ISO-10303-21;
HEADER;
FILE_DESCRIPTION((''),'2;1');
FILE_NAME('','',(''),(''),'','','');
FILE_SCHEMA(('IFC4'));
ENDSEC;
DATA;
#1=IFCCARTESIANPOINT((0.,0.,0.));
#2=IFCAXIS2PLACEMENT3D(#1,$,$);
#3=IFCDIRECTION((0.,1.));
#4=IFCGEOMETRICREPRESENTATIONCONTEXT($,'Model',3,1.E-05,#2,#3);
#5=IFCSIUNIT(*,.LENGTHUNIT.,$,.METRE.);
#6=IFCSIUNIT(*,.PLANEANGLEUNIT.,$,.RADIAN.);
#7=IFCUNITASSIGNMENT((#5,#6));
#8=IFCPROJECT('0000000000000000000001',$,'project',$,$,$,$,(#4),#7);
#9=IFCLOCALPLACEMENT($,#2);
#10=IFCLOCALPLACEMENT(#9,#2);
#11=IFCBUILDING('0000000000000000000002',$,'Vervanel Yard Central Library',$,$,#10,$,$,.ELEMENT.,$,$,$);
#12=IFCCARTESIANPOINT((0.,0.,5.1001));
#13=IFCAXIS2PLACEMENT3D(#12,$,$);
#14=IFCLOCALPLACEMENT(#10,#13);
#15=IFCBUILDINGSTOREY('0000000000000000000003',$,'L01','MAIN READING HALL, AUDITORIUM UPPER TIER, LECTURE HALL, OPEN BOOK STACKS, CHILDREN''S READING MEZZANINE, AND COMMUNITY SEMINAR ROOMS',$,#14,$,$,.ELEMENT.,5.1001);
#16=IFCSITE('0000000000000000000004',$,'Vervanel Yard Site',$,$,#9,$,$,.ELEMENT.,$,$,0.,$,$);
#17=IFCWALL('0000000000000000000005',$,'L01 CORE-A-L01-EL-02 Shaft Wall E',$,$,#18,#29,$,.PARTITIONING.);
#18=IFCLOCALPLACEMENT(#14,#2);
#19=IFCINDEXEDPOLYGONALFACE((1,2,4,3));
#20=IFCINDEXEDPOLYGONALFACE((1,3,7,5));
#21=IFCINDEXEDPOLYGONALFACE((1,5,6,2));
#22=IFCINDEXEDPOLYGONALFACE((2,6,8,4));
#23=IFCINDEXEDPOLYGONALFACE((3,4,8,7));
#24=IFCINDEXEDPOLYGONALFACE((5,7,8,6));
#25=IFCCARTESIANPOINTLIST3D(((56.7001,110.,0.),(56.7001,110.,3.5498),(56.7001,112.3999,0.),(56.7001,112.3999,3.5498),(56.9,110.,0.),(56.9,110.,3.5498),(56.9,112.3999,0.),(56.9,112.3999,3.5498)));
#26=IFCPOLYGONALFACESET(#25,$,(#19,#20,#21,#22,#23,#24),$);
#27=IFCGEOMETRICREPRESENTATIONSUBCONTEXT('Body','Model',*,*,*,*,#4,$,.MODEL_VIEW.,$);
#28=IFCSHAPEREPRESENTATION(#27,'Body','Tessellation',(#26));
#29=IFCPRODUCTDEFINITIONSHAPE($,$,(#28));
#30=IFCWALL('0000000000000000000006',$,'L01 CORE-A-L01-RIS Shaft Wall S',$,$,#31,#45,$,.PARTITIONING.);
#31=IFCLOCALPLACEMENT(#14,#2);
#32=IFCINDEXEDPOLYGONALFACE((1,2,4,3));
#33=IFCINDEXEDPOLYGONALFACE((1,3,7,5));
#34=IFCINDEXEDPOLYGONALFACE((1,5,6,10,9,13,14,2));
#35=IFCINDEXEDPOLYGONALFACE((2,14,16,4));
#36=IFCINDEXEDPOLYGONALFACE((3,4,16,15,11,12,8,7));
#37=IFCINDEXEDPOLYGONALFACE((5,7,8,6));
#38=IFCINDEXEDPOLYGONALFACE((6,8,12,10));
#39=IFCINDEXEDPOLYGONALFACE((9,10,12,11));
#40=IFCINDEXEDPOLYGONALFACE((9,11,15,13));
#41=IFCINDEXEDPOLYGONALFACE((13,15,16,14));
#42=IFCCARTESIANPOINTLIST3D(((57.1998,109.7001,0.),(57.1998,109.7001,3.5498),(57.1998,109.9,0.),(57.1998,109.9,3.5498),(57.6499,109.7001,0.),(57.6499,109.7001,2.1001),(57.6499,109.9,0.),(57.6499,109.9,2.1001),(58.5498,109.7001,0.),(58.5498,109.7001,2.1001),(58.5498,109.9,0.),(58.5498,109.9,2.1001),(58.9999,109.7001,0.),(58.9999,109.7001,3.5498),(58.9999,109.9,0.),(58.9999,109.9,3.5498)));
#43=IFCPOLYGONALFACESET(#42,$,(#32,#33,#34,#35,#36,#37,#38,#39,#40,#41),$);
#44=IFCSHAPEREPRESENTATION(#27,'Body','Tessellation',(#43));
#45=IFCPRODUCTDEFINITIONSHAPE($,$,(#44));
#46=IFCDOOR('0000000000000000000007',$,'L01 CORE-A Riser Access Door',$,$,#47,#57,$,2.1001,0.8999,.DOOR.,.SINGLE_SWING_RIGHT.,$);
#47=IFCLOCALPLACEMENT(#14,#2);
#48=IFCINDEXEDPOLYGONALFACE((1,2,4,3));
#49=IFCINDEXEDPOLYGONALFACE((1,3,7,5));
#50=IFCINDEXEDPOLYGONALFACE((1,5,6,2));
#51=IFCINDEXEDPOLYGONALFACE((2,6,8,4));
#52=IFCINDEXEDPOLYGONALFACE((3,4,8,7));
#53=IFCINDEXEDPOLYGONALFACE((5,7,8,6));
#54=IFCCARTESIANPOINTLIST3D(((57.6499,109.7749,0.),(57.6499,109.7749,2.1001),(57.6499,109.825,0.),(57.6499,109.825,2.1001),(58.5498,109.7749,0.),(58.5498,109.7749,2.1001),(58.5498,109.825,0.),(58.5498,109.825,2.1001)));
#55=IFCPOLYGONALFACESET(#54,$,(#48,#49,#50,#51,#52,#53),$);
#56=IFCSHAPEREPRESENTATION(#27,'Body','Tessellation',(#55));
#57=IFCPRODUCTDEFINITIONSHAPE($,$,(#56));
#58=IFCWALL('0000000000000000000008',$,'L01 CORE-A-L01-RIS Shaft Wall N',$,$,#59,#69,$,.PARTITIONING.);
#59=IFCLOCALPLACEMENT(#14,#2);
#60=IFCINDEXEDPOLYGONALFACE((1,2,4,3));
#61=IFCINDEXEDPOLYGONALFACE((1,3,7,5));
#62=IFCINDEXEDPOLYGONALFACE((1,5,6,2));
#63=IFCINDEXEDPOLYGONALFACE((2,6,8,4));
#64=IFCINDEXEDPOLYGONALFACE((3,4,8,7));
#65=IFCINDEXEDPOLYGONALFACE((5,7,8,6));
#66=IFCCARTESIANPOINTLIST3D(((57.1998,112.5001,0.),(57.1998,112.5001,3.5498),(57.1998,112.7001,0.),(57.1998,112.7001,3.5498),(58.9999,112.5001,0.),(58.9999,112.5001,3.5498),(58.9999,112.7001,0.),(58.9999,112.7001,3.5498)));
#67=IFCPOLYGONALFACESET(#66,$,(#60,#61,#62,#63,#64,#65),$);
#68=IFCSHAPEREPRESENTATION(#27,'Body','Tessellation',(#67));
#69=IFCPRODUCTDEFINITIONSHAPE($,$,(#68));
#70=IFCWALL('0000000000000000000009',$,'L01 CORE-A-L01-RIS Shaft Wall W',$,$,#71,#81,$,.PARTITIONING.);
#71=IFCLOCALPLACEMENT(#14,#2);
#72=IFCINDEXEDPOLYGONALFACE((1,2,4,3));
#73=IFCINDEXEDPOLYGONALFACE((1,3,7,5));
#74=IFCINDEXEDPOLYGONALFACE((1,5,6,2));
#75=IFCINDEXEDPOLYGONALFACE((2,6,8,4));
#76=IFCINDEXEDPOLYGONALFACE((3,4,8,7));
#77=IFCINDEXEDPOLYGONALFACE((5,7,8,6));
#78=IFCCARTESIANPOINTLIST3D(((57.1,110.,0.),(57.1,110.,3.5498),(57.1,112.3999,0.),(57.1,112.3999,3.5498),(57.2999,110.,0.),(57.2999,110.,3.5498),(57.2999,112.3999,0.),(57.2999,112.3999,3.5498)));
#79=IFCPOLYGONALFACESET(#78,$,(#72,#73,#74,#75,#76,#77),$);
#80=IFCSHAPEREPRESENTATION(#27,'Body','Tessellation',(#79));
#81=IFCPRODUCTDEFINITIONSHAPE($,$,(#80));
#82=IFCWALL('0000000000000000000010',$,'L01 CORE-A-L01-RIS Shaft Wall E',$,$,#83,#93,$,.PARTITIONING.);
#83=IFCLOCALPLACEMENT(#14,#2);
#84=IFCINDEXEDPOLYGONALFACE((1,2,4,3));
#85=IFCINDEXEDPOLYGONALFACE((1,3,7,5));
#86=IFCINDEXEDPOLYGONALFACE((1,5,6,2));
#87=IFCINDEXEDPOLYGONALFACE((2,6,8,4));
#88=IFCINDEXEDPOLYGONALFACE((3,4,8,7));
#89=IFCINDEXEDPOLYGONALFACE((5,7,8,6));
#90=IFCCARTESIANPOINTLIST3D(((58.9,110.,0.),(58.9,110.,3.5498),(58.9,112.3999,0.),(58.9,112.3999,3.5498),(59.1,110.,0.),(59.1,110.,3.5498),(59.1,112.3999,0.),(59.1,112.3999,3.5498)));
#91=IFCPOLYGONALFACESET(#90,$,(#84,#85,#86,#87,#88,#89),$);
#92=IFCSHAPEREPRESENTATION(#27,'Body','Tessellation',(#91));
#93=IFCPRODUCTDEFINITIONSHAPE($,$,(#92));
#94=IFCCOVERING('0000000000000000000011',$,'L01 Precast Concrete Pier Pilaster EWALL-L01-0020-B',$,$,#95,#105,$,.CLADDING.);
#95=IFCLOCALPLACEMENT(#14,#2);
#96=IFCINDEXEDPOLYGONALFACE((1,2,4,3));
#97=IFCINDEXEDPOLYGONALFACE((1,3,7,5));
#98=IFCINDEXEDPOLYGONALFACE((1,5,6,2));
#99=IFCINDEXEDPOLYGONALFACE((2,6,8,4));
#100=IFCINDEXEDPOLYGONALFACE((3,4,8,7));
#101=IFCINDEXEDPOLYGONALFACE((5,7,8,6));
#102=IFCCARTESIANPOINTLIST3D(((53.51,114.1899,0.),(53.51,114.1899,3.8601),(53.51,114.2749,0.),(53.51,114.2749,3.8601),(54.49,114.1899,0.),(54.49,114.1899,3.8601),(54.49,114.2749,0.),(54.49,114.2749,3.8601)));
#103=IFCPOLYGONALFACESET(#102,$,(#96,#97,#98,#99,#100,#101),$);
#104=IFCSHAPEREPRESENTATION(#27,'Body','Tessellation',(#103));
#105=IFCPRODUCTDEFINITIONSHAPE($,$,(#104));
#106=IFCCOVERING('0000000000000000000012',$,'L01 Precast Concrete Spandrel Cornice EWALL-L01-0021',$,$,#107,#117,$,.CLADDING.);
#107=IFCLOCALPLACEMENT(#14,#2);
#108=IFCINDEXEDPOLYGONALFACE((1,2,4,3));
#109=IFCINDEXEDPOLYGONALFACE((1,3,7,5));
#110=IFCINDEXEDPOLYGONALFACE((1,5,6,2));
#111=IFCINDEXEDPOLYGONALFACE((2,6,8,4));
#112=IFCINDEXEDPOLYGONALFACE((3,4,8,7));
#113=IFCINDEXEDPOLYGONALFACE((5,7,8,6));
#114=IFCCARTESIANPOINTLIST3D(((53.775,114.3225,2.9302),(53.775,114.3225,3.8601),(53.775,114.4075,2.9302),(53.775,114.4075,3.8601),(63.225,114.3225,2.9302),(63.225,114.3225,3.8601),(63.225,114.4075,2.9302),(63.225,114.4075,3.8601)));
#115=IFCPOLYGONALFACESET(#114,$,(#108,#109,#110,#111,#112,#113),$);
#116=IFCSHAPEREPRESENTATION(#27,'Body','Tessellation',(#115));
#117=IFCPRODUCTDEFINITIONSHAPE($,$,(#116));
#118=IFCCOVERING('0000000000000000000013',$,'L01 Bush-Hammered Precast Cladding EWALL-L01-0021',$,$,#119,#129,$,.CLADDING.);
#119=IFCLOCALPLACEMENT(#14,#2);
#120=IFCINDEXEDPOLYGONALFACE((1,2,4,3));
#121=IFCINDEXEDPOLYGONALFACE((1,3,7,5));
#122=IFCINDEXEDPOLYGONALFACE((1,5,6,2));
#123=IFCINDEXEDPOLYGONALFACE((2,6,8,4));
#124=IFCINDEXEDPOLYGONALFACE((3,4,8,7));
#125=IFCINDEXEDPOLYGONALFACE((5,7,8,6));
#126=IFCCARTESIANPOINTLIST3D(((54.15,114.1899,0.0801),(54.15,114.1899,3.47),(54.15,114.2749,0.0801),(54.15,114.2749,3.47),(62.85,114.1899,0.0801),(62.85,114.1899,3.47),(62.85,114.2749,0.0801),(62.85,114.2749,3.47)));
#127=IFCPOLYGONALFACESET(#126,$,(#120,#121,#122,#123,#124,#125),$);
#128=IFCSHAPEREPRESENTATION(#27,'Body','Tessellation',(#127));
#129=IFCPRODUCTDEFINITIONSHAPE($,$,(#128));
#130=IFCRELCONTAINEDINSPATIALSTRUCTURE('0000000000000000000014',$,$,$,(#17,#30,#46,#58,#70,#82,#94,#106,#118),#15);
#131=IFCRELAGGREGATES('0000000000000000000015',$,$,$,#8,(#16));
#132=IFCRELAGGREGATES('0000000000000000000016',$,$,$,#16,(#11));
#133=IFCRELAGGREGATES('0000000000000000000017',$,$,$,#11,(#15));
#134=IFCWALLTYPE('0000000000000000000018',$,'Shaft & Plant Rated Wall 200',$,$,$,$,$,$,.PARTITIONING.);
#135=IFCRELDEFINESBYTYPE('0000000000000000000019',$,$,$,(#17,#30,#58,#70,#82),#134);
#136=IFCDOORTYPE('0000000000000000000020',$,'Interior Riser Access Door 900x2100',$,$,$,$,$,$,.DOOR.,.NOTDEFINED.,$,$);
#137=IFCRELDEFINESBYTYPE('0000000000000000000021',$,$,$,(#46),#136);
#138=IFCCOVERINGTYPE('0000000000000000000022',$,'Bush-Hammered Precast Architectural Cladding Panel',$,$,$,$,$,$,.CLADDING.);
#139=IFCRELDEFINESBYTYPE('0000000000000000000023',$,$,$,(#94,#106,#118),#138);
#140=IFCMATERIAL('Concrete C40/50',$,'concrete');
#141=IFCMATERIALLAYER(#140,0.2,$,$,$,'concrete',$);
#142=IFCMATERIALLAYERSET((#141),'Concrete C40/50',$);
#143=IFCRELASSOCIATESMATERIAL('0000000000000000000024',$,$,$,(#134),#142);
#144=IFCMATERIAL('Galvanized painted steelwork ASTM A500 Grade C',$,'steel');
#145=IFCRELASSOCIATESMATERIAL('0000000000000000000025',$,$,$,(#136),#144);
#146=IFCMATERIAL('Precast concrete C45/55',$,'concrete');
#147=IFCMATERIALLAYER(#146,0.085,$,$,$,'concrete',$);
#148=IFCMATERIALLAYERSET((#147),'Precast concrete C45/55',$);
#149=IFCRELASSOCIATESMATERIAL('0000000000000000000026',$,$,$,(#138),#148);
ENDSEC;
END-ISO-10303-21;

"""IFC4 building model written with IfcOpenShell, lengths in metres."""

from ifc_helpers import new_model, si_unit, direction, frame, frame_2d, origin, origin_2d, place, context, subcontext, project, spatial, rectangle, extrude, material, layer, layer_set, type_object, element, fill, save


model = new_model("IFC4")

# Units and contexts
model_context = context("Model", 3, precision=1e-05, world=origin(), true_north=direction((0.0, 1.0)))
body_context = subcontext(model_context, "Body", "Model", "MODEL_VIEW")
ifc_project = project(units=[si_unit("LENGTHUNIT", "METRE"), si_unit("PLANEANGLEUNIT", "RADIAN")], contexts=[model_context])

# Site, building, storey
site_placement = place(None, origin())
site = spatial("IfcSite", under=ifc_project, at=site_placement, Name="Vervanel Yard Site", CompositionType="ELEMENT", RefElevation=0.0)
building_placement = place(site_placement, origin())
building = spatial("IfcBuilding", under=site, at=building_placement, Name="Vervanel Yard Central Library", CompositionType="ELEMENT")
storey_placement = place(building_placement, frame((0.0, 0.0, 5.1001)))
storey = spatial("IfcBuildingStorey", under=building, at=storey_placement, Name="L01", Description="MAIN READING HALL, AUDITORIUM UPPER TIER, LECTURE HALL, OPEN BOOK STACKS, CHILDREN'S READING MEZZANINE, AND COMMUNITY SEMINAR ROOMS", CompositionType="ELEMENT", Elevation=5.1001)

# Shared definitions
ifc_material_1 = material(Name="Concrete C40/50", Category="concrete")

# Shared definitions
ifc_layer_1 = layer(ifc_material_1, 0.2, Category="concrete")
ifc_layer_set_1 = layer_set([ifc_layer_1], Name="Concrete C40/50")
wall_type_1 = type_object("IfcWallType", Name="Shaft & Plant Rated Wall 200", PredefinedType="PARTITIONING", material=ifc_layer_set_1)

# Wall
for number, where, z_axis, x_axis, name in (
    (1, (56.8, 110.0, 0.0), (0.0, 0.0, 1.0), (0.0, 1.0, 0.0), "L01 CORE-A-L01-EL-02 Shaft Wall E"),
):
    element("IfcWall", number, at=place(storey_placement, frame(where, z_axis=z_axis, x_axis=x_axis)), inside=storey, type_object=wall_type_1, Name=name, PredefinedType="PARTITIONING", context=body_context, shape_type="SweptSolid", body=[
        extrude(rectangle(XDim=2.3999, YDim=0.2, at=frame_2d((1.2, 0.0))), origin(), (0.0, 0.0, 1.0), 3.5498),
    ])

# Wall, opening, door
wall_1_placement = place(storey_placement, frame((57.2, 109.8, 0.0), z_axis=(0.0, 0.0, 1.0), x_axis=(1.0, 0.0, 0.0)))
wall_1 = element("IfcWall", 2, at=wall_1_placement, inside=storey, type_object=wall_type_1, Name="L01 CORE-A-L01-RIS Shaft Wall S", PredefinedType="PARTITIONING", context=body_context, shape_type="SweptSolid", body=[
    extrude(rectangle(XDim=1.8, YDim=0.2, at=frame_2d((0.8999, 0.0))), origin(), (0.0, 0.0, 1.0), 3.5498),
])
opening_1_placement = place(wall_1_placement, frame((0.45, 0.0, 0.0)))
opening_1 = element("IfcOpeningElement", 3, at=opening_1_placement, cuts=wall_1, PredefinedType="OPENING", context=body_context, shape_type="SweptSolid", body=[
    extrude(rectangle(XDim=0.8999, YDim=2.1001, at=frame_2d((0.45, 1.05))), frame((0.0, 0.1099, 0.0), z_axis=(0.0, -1.0, 0.0), x_axis=(1.0, 0.0, 0.0)), (0.0, 0.0, 1.0), 0.22),
])
ifc_material_2 = material(Name="Galvanized painted steelwork ASTM A500 Grade C", Category="steel")
door_type_1 = type_object("IfcDoorType", Name="Interior Riser Access Door 900x2100", OperationType="NOTDEFINED", PredefinedType="DOOR", material=ifc_material_2)
door_1_placement = place(opening_1_placement, origin())
door_1 = element("IfcDoor", 4, at=door_1_placement, inside=storey, type_object=door_type_1, Name="L01 CORE-A Riser Access Door", OperationType="SINGLE_SWING_RIGHT", OverallHeight=2.1001, OverallWidth=0.8999, PredefinedType="DOOR", context=body_context, shape_type="SweptSolid", body=[
    extrude(rectangle(XDim=0.8999, YDim=2.1001, at=frame_2d((0.45, 1.05))), frame((0.0, 0.0249, 0.0), z_axis=(0.0, -1.0, 0.0), x_axis=(1.0, 0.0, 0.0)), (0.0, 0.0, 1.0), 0.05),
])
fill(opening_1, door_1)

# Walls
wall_2_placement = place(storey_placement, frame((57.2, 112.6001, 0.0), z_axis=(0.0, 0.0, 1.0), x_axis=(1.0, 0.0, 0.0)))
element("IfcWall", 5, at=wall_2_placement, inside=storey, type_object=wall_type_1, Name="L01 CORE-A-L01-RIS Shaft Wall N", PredefinedType="PARTITIONING", context=body_context, shape_type="SweptSolid", body=[
    extrude(rectangle(XDim=1.8, YDim=0.2, at=frame_2d((0.8999, 0.0))), origin(), (0.0, 0.0, 1.0), 3.5498),
])
for number, where, z_axis, x_axis, name in (
    (6, (57.2, 110.0, 0.0), (0.0, 0.0, 1.0), (0.0, 1.0, 0.0), "L01 CORE-A-L01-RIS Shaft Wall W"),
    (7, (59.0, 110.0, 0.0), (0.0, 0.0, 1.0), (0.0, 1.0, 0.0), "L01 CORE-A-L01-RIS Shaft Wall E"),
):
    element("IfcWall", number, at=place(storey_placement, frame(where, z_axis=z_axis, x_axis=x_axis)), inside=storey, type_object=wall_type_1, Name=name, PredefinedType="PARTITIONING", context=body_context, shape_type="SweptSolid", body=[
        extrude(rectangle(XDim=2.3999, YDim=0.2, at=frame_2d((1.2, 0.0))), origin(), (0.0, 0.0, 1.0), 3.5498),
    ])

# Coverings
ifc_material_3 = material(Name="Precast concrete C45/55", Category="concrete")
ifc_layer_2 = layer(ifc_material_3, 0.085, Category="concrete")
ifc_layer_set_2 = layer_set([ifc_layer_2], Name="Precast concrete C45/55")
covering_type = type_object("IfcCoveringType", Name="Bush-Hammered Precast Architectural Cladding Panel", PredefinedType="CLADDING", material=ifc_layer_set_2)
covering_1_placement = place(storey_placement, frame((54.0, 114.2324, 0.0), z_axis=(0.0, 0.0, 1.0), x_axis=(1.0, 0.0, 0.0)))
element("IfcCovering", 8, at=covering_1_placement, inside=storey, type_object=covering_type, Name="L01 Precast Concrete Pier Pilaster EWALL-L01-0020-B", PredefinedType="CLADDING", context=body_context, shape_type="SweptSolid", body=[
    extrude(rectangle(XDim=0.98, YDim=0.085, at=origin_2d()), origin(), (0.0, 0.0, 1.0), 3.8601),
])
covering_2_placement = place(storey_placement, frame((58.5, 114.365, 2.9302), z_axis=(0.0, 0.0, 1.0), x_axis=(1.0, 0.0, 0.0)))
element("IfcCovering", 9, at=covering_2_placement, inside=storey, type_object=covering_type, Name="L01 Precast Concrete Spandrel Cornice EWALL-L01-0021", PredefinedType="CLADDING", context=body_context, shape_type="SweptSolid", body=[
    extrude(rectangle(XDim=9.45, YDim=0.085, at=origin_2d()), origin(), (0.0, 0.0, 1.0), 0.9299),
])
covering_3_placement = place(storey_placement, frame((58.5, 114.2324, 0.0801), z_axis=(0.0, 0.0, 1.0), x_axis=(1.0, 0.0, 0.0)))
element("IfcCovering", 10, at=covering_3_placement, inside=storey, type_object=covering_type, Name="L01 Bush-Hammered Precast Cladding EWALL-L01-0021", PredefinedType="CLADDING", context=body_context, shape_type="SweptSolid", body=[
    extrude(rectangle(XDim=8.7, YDim=0.085, at=origin_2d()), origin(), (0.0, 0.0, 1.0), 3.3899),
])

save(model, "model.ifc")
